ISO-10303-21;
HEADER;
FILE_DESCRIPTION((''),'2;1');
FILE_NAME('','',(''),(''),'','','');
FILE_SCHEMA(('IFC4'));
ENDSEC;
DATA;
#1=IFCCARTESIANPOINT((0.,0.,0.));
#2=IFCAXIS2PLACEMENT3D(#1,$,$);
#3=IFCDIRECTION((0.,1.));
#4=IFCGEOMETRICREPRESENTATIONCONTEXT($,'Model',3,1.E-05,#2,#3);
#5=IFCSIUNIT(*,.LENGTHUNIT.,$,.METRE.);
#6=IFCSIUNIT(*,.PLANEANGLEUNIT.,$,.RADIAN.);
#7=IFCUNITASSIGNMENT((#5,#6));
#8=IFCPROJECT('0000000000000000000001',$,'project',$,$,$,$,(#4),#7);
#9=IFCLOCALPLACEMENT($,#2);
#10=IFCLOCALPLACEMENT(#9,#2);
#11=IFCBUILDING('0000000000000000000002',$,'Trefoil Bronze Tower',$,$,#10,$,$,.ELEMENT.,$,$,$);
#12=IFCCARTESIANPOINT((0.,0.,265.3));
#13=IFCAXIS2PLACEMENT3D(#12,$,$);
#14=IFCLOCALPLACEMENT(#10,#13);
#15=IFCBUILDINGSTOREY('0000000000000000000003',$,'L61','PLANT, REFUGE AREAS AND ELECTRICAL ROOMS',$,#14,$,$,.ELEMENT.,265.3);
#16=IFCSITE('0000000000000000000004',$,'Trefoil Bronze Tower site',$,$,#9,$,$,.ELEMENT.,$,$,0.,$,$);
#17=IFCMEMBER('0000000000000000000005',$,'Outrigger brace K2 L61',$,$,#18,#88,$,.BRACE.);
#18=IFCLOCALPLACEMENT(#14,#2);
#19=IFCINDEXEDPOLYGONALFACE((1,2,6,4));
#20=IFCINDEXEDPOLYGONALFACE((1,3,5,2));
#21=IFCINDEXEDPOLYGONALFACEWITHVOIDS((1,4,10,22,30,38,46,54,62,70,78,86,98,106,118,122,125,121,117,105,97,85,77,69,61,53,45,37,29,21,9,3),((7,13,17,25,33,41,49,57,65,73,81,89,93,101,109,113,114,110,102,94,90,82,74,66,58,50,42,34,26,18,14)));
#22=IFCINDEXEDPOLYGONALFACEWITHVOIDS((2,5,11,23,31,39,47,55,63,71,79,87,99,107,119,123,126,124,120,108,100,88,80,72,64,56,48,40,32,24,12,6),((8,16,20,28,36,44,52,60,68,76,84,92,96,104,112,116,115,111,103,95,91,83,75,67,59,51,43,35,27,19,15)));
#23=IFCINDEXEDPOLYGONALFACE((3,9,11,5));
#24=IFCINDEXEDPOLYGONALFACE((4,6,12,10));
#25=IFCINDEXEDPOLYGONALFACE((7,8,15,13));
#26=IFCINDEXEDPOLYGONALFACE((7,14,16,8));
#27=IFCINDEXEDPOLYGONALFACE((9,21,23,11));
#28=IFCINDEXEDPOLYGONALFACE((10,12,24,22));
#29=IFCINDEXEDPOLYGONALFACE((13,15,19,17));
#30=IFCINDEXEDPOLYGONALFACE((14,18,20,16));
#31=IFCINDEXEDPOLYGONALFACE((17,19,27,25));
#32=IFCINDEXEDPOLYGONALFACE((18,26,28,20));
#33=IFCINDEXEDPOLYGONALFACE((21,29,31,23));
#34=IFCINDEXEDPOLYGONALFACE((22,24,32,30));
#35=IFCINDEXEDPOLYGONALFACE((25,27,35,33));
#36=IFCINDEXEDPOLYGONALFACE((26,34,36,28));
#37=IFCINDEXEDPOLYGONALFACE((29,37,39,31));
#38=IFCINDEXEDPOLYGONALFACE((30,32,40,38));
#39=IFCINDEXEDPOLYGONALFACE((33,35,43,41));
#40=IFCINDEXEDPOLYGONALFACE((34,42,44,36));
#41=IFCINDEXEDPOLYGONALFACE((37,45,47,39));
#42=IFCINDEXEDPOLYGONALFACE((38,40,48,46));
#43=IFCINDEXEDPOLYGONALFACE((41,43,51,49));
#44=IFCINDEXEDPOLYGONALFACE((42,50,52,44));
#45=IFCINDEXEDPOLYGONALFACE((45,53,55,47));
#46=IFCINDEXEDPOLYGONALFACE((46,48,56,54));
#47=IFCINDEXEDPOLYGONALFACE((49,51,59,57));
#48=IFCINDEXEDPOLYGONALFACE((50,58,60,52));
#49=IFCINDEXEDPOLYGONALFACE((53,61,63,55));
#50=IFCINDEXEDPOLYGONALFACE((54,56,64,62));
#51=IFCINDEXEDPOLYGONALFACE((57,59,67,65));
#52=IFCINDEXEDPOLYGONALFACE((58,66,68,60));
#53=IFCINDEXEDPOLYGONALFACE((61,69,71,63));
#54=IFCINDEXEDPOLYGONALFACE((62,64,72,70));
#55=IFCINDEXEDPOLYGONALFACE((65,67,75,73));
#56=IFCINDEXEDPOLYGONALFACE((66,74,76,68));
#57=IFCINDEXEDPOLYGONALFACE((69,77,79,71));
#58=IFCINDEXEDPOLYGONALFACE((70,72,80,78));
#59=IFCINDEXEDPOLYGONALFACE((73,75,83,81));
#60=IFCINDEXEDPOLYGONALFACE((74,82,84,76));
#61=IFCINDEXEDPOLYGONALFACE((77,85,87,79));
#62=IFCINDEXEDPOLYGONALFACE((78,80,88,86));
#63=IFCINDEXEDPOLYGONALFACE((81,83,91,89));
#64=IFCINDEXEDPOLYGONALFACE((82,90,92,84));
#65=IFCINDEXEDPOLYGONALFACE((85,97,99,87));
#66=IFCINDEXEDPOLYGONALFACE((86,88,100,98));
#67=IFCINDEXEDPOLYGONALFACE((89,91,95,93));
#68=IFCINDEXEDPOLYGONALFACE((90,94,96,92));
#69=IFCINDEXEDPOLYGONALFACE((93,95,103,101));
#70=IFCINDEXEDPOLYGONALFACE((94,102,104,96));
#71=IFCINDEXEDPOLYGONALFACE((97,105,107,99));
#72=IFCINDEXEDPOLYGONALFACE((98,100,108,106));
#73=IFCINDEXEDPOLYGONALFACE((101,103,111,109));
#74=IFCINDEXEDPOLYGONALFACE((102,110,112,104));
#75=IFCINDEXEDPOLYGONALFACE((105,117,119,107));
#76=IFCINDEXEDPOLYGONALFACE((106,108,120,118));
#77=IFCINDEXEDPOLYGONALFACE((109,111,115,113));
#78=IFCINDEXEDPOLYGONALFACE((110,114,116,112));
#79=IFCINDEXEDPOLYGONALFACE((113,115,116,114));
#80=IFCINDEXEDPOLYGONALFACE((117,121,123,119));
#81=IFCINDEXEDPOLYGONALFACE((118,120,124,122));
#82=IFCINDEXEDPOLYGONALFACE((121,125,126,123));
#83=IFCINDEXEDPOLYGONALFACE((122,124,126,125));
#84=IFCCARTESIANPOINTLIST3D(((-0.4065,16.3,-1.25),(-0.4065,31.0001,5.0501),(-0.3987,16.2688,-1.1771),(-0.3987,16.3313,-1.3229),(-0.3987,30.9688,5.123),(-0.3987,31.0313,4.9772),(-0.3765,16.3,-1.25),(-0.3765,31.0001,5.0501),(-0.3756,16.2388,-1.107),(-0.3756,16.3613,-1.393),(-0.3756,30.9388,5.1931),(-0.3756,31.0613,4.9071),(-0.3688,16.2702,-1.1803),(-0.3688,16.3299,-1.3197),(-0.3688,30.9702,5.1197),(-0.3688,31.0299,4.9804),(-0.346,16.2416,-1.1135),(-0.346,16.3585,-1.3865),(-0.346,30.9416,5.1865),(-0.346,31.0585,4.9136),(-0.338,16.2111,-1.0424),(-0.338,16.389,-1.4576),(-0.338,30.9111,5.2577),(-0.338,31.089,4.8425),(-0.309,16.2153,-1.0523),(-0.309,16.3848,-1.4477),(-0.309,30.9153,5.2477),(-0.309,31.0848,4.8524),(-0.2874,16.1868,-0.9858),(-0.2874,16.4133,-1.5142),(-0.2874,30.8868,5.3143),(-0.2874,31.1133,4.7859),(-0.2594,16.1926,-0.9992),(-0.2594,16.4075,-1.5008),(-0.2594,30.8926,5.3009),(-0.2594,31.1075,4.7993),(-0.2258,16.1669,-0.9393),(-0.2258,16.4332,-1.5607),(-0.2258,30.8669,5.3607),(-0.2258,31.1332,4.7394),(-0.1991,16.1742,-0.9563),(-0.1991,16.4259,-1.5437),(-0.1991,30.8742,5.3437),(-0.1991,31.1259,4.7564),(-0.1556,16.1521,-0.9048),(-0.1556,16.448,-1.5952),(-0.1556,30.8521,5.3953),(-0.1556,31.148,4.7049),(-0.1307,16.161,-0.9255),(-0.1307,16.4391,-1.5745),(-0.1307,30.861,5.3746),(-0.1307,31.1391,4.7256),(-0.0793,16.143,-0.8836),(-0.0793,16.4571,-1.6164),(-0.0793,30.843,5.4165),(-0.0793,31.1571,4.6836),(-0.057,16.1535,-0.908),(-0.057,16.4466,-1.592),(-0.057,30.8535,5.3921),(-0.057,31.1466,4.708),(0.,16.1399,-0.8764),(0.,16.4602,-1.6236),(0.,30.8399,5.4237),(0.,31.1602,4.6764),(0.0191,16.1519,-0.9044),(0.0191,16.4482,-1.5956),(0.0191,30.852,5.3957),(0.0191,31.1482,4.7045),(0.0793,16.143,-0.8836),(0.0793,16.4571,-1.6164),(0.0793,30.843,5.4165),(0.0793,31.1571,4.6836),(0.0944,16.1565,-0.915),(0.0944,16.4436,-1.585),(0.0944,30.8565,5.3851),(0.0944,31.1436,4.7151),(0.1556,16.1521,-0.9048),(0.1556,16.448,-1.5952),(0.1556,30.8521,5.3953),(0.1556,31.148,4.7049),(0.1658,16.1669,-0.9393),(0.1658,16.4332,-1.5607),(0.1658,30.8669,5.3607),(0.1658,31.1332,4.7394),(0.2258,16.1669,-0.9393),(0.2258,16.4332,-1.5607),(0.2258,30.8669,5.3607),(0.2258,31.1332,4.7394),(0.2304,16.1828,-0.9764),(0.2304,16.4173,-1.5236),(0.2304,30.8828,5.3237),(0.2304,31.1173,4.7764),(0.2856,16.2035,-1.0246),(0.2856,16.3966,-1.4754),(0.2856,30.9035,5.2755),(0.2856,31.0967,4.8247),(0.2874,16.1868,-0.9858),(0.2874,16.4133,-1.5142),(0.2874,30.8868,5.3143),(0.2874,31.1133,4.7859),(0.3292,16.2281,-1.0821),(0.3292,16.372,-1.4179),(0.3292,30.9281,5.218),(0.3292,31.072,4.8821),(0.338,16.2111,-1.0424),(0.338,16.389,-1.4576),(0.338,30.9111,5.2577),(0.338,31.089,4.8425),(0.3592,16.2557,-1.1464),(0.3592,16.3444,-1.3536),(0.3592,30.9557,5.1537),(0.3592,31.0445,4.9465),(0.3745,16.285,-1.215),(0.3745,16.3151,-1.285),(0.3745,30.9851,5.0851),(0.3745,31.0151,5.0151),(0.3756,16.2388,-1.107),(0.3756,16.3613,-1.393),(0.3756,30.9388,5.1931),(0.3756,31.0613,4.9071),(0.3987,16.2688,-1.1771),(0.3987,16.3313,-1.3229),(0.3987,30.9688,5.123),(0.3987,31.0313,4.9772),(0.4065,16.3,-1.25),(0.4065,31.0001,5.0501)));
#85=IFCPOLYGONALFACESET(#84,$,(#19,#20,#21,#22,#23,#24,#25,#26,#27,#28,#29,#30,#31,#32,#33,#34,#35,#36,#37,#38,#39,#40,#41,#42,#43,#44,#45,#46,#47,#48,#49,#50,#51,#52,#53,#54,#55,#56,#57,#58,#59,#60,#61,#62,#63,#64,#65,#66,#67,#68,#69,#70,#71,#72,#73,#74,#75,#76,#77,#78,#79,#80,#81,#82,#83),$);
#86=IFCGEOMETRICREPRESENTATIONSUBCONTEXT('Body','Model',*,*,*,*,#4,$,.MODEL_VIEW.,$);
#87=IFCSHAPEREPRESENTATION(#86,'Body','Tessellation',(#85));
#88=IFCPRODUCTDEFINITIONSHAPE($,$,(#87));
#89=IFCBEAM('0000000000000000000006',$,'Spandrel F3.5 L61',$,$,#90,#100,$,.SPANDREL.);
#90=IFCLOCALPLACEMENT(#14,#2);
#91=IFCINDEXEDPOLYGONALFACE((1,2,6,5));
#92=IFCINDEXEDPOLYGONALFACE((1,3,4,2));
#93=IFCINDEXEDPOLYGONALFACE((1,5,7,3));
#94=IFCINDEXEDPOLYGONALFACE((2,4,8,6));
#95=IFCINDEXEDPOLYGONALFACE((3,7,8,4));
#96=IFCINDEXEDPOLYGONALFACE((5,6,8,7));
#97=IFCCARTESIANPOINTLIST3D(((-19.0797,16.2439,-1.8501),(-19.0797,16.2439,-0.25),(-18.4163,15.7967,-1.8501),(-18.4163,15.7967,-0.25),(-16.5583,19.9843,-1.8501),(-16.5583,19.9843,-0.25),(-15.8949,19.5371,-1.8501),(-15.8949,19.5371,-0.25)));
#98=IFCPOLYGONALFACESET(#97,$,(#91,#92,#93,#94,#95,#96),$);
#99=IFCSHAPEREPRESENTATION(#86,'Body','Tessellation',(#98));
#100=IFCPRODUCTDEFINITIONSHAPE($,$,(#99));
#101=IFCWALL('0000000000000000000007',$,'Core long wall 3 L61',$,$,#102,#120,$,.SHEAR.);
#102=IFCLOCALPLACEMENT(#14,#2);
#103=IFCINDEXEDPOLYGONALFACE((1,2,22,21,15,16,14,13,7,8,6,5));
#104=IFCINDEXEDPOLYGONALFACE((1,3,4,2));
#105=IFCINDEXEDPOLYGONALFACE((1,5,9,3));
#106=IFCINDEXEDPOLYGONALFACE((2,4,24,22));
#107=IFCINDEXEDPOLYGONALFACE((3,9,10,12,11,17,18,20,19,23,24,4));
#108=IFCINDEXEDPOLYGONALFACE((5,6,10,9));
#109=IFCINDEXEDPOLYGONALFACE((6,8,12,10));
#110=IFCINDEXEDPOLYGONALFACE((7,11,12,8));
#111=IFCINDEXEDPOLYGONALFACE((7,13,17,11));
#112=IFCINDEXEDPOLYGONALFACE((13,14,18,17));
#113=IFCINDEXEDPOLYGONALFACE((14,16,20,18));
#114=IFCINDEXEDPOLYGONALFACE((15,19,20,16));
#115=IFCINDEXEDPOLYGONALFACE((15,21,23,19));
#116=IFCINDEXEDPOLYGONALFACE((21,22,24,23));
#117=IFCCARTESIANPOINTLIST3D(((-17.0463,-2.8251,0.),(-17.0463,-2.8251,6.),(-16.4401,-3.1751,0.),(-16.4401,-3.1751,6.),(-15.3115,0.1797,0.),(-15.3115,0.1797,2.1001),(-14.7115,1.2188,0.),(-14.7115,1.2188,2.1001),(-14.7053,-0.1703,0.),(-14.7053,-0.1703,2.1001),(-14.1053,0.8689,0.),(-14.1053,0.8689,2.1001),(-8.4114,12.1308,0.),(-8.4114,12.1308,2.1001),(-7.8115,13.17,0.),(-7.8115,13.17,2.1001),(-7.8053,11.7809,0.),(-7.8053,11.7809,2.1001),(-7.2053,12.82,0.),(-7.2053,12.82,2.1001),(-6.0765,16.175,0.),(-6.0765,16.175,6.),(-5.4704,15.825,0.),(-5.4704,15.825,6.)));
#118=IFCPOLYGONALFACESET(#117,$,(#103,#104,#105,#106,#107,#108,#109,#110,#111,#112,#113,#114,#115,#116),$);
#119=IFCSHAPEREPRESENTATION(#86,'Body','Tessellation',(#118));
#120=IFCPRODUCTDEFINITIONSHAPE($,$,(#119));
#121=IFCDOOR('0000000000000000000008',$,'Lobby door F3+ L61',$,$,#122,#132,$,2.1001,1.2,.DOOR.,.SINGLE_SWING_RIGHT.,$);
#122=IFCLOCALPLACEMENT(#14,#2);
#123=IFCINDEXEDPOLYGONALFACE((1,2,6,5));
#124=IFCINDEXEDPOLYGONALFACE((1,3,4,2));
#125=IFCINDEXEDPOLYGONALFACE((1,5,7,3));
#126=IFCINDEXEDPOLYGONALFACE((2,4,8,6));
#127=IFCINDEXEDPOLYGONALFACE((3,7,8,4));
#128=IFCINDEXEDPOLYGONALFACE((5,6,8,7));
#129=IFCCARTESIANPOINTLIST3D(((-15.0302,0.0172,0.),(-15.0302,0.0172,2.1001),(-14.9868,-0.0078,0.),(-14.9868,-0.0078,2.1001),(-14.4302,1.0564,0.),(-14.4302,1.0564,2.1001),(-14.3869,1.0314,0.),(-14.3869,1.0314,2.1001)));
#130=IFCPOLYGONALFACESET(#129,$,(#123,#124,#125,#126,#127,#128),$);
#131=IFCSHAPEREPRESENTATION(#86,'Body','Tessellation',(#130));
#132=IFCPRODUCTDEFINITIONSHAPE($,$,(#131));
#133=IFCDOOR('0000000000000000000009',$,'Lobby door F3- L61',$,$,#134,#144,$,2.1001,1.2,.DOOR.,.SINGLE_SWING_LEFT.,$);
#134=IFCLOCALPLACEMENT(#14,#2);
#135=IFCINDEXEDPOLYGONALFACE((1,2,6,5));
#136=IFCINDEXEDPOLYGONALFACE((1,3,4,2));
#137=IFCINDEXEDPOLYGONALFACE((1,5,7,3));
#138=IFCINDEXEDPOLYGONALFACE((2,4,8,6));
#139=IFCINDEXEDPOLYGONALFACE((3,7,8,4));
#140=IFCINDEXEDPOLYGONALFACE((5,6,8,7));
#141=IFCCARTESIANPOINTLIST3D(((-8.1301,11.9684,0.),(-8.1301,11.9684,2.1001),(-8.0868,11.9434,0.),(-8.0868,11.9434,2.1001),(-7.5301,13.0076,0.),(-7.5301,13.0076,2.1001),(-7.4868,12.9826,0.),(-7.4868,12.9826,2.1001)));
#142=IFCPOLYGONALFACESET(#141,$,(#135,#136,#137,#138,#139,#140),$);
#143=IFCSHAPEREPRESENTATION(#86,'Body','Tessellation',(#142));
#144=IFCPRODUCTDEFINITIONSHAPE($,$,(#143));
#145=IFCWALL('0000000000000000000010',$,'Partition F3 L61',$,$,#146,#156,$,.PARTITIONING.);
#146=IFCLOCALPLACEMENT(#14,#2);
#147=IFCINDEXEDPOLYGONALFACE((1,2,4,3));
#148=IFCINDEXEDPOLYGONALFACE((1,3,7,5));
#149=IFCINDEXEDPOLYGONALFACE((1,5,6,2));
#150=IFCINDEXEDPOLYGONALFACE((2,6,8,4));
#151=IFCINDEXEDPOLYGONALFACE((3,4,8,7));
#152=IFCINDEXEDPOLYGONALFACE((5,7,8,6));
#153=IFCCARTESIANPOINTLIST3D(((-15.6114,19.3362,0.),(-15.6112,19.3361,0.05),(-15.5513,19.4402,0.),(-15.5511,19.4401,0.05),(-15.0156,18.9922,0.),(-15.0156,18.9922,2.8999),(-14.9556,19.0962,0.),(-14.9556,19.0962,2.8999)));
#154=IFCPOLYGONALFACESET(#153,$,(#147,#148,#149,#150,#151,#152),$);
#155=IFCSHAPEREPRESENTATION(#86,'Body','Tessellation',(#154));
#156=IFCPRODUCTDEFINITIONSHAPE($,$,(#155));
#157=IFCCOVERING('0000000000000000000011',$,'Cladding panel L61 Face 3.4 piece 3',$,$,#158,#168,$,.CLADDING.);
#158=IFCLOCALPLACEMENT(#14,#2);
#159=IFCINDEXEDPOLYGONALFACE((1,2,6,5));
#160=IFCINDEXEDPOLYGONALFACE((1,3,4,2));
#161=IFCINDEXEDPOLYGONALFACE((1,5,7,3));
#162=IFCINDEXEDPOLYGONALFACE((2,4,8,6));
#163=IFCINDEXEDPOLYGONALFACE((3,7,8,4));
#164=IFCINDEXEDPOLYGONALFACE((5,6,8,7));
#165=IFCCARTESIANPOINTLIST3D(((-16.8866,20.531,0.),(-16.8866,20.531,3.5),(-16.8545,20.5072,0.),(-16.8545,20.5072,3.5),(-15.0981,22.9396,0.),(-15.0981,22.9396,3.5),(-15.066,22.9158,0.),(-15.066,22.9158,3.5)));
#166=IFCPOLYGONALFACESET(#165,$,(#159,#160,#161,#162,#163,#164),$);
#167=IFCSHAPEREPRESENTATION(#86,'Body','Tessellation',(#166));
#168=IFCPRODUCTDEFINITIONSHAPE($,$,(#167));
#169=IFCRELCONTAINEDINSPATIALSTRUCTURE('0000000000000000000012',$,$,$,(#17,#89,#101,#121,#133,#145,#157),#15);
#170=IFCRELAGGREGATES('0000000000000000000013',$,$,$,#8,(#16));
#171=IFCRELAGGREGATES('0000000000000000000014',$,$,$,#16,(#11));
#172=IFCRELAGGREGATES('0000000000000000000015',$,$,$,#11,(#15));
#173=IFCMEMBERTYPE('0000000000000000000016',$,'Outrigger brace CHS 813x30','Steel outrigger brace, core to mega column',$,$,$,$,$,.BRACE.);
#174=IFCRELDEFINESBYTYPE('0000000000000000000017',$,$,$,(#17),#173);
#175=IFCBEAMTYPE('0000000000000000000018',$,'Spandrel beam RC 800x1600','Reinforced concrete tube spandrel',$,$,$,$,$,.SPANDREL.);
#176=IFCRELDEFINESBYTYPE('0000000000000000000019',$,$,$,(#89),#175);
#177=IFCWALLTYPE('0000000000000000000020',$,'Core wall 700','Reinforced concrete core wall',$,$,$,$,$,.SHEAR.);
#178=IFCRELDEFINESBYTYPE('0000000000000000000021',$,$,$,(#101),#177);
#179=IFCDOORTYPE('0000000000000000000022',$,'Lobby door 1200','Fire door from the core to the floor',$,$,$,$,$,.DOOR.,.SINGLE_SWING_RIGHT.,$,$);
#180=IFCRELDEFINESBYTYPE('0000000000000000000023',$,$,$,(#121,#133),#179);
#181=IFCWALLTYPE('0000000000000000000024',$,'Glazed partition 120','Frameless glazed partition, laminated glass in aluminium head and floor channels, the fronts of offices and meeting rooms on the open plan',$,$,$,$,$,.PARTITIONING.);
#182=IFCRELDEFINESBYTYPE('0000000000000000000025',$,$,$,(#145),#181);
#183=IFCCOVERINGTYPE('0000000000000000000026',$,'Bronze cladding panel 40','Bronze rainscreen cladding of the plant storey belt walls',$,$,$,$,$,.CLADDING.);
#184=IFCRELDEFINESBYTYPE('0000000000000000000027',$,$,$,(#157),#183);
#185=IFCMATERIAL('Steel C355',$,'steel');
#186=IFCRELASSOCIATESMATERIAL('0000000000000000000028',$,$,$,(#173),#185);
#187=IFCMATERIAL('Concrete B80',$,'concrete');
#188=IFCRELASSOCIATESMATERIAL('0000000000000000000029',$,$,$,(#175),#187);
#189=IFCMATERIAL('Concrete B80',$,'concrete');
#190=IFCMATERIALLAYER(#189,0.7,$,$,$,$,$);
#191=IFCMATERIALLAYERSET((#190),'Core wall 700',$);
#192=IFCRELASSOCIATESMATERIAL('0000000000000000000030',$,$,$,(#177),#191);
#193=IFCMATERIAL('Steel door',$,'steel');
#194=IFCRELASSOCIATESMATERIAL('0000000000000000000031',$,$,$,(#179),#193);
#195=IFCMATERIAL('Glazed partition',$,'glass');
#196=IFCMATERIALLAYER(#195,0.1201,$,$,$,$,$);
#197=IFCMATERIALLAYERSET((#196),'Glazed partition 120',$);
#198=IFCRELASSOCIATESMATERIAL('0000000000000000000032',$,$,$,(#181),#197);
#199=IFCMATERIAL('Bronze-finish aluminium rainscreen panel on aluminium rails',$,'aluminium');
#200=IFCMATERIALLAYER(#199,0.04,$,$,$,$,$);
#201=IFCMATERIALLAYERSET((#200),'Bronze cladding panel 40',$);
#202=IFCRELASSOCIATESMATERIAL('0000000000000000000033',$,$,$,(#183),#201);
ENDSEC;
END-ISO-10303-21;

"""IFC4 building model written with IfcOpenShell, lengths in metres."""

from ifc_helpers import new_model, si_unit, direction, frame, frame_2d, origin, origin_2d, place, context, subcontext, project, spatial, polyline, rectangle, hollow_circle, outline, extrude, material, layer, layer_set, material_profile, profile_set, type_object, element, fill, save


model = new_model("IFC4")

# Units and contexts
model_context = context("Model", 3, precision=1e-05, world=origin(), true_north=direction((0.0, 1.0)))
body_context = subcontext(model_context, "Body", "Model", "MODEL_VIEW")
ifc_project = project(units=[si_unit("LENGTHUNIT", "METRE"), si_unit("PLANEANGLEUNIT", "RADIAN")], contexts=[model_context])

# Site, building, storey
site_placement = place(None, origin())
site = spatial("IfcSite", under=ifc_project, at=site_placement, Name="Trefoil Bronze Tower site", CompositionType="ELEMENT", RefElevation=0.0)
building_placement = place(site_placement, origin())
building = spatial("IfcBuilding", under=site, at=building_placement, Name="Trefoil Bronze Tower", CompositionType="ELEMENT")
storey_placement = place(building_placement, frame((0.0, 0.0, 265.3)))
storey = spatial("IfcBuildingStorey", under=building, at=storey_placement, Name="L61", Description="PLANT, REFUGE AREAS AND ELECTRICAL ROOMS", CompositionType="ELEMENT", Elevation=265.3)

# Member
ifc_material_1 = material(Name="Steel C355", Category="steel")
ifc_material_profile_1 = material_profile(ifc_material_1, hollow_circle(Radius=0.4065, WallThickness=0.03, at=origin_2d()), Name="CHS 813x30")
ifc_profile_set_1 = profile_set([ifc_material_profile_1], Name="Steel C355")
member_type_1 = type_object("IfcMemberType", Name="Outrigger brace CHS 813x30", Description="Steel outrigger brace, core to mega column", PredefinedType="BRACE", material=ifc_profile_set_1)
member_1_placement = place(storey_placement, frame((0.0, 16.3, -1.25), z_axis=(0.0, 0.919143, 0.393923), x_axis=(-1.0, 0.0, 0.0)))
element("IfcMember", 1, at=member_1_placement, inside=storey, type_object=member_type_1, Name="Outrigger brace K2 L61", PredefinedType="BRACE", context=body_context, shape_type="SweptSolid", body=[
    extrude(hollow_circle(Radius=0.4065, WallThickness=0.03, at=origin_2d()), origin(), (0.0, 0.0, 1.0), 15.9932),
])

# Beam
ifc_material_2 = material(Name="Concrete B80", Category="concrete")
ifc_material_profile_2 = material_profile(ifc_material_2, rectangle(XDim=0.8, YDim=1.6001, at=origin_2d()), Name="RC 800x1600")
ifc_profile_set_2 = profile_set([ifc_material_profile_2], Name="Concrete B80")
beam_type_1 = type_object("IfcBeamType", Name="Spandrel beam RC 800x1600", Description="Reinforced concrete tube spandrel", PredefinedType="SPANDREL", material=ifc_profile_set_2)
beam_1_placement = place(storey_placement, frame((-16.2266, 19.7607, -1.05), z_axis=(-0.558964, -0.829192, 0.0), x_axis=(0.829192, -0.558964, 0.0)))
element("IfcBeam", 2, at=beam_1_placement, inside=storey, type_object=beam_type_1, Name="Spandrel F3.5 L61", PredefinedType="SPANDREL", context=body_context, shape_type="SweptSolid", body=[
    extrude(rectangle(XDim=0.8, YDim=1.6001, at=origin_2d()), origin(), (0.0, 0.0, 1.0), 4.511),
])

# Wall, openings, doors
ifc_material_3 = material(Name="Concrete B80", Category="concrete")
ifc_layer_1 = layer(ifc_material_3, 0.7)
ifc_layer_set_1 = layer_set([ifc_layer_1], Name="Core wall 700")
wall_type_1 = type_object("IfcWallType", Name="Core wall 700", Description="Reinforced concrete core wall", PredefinedType="SHEAR", material=ifc_layer_set_1)
wall_1_placement = place(storey_placement, frame((-5.7734, 16.0, 0.0), z_axis=(0.0, 0.0, 1.0), x_axis=(-0.500002, -0.866024, 0.0)))
wall_1 = element("IfcWall", 3, at=wall_1_placement, inside=storey, type_object=wall_type_1, Name="Core long wall 3 L61", PredefinedType="SHEAR", context=body_context, shape_type="SweptSolid", body=[
    extrude(rectangle(XDim=21.9395, YDim=0.7, at=frame_2d((10.9697, 0.0))), origin(), (0.0, 0.0, 1.0), 6.0),
])
opening_1_placement = place(wall_1_placement, frame((17.2698, 0.0, 0.0)))
opening_1 = element("IfcOpeningElement", 4, at=opening_1_placement, cuts=wall_1, PredefinedType="OPENING", context=body_context, shape_type="SweptSolid", body=[
    extrude(rectangle(XDim=1.2, YDim=2.1001, at=frame_2d((0.6001, 1.05))), frame((0.0, 0.3599, 0.0), z_axis=(0.0, -1.0, 0.0), x_axis=(1.0, 0.0, 0.0)), (0.0, 0.0, 1.0), 0.72),
])
opening_2_placement = place(wall_1_placement, frame((3.4697, 0.0, 0.0)))
opening_2 = element("IfcOpeningElement", 5, at=opening_2_placement, cuts=wall_1, PredefinedType="OPENING", context=body_context, shape_type="SweptSolid", body=[
    extrude(rectangle(XDim=1.2, YDim=2.1001, at=frame_2d((0.6001, 1.05))), frame((0.0, 0.3599, 0.0), z_axis=(0.0, -1.0, 0.0), x_axis=(1.0, 0.0, 0.0)), (0.0, 0.0, 1.0), 0.72),
])
ifc_material_4 = material(Name="Steel door", Category="steel")
door_type = type_object("IfcDoorType", Name="Lobby door 1200", Description="Fire door from the core to the floor", OperationType="SINGLE_SWING_RIGHT", PredefinedType="DOOR", material=ifc_material_4)
door_1_placement = place(opening_1_placement, origin())
door_1 = element("IfcDoor", 6, at=door_1_placement, inside=storey, type_object=door_type, Name="Lobby door F3+ L61", OperationType="SINGLE_SWING_RIGHT", OverallHeight=2.1001, OverallWidth=1.2, PredefinedType="DOOR", context=body_context, shape_type="SweptSolid", body=[
    extrude(rectangle(XDim=1.2, YDim=2.1001, at=frame_2d((0.6001, 1.05))), frame((0.0, 0.0249, 0.0), z_axis=(0.0, -1.0, 0.0), x_axis=(1.0, 0.0, 0.0)), (0.0, 0.0, 1.0), 0.05),
])
fill(opening_1, door_1)
door_2_placement = place(opening_2_placement, origin())
door_2 = element("IfcDoor", 7, at=door_2_placement, inside=storey, type_object=door_type, Name="Lobby door F3- L61", OperationType="SINGLE_SWING_LEFT", OverallHeight=2.1001, OverallWidth=1.2, PredefinedType="DOOR", context=body_context, shape_type="SweptSolid", body=[
    extrude(rectangle(XDim=1.2, YDim=2.1001, at=frame_2d((0.6001, 1.05))), frame((0.0, 0.0249, 0.0), z_axis=(0.0, -1.0, 0.0), x_axis=(1.0, 0.0, 0.0)), (0.0, 0.0, 1.0), 0.05),
])
fill(opening_2, door_2)

# Wall
ifc_material_5 = material(Name="Glazed partition", Category="glass")
ifc_layer_2 = layer(ifc_material_5, 0.1201)
ifc_layer_set_2 = layer_set([ifc_layer_2], Name="Glazed partition 120")
wall_type_2 = type_object("IfcWallType", Name="Glazed partition 120", Description="Frameless glazed partition, laminated glass in aluminium head and floor channels, the fronts of offices and meeting rooms on the open plan", PredefinedType="PARTITIONING", material=ifc_layer_set_2)
wall_2_placement = place(storey_placement, frame((-14.9856, 19.0442, 0.0), z_axis=(0.0, 0.0, 1.0), x_axis=(-0.865985, 0.500071, 0.0)))
element("IfcWall", 8, at=wall_2_placement, inside=storey, type_object=wall_type_2, Name="Partition F3 L61", PredefinedType="PARTITIONING", context=body_context, shape_type="SweptSolid", body=[
    extrude(outline(polyline([(0.0, 0.0), (0.688, 0.0), (0.6877, 0.05), (0.0, 2.8999), (0.0, 0.0)])), frame((0.0, 0.0601, 0.0), z_axis=(0.0, -1.0, 0.0), x_axis=(1.0, 0.0, 0.0)), (0.0, 0.0, 1.0), 0.1201),
])

# Covering
ifc_material_6 = material(Name="Bronze-finish aluminium rainscreen panel on aluminium rails", Category="aluminium")
ifc_layer_3 = layer(ifc_material_6, 0.04)
ifc_layer_set_3 = layer_set([ifc_layer_3], Name="Bronze cladding panel 40")
covering_type_1 = type_object("IfcCoveringType", Name="Bronze cladding panel 40", Description="Bronze rainscreen cladding of the plant storey belt walls", PredefinedType="CLADDING", material=ifc_layer_set_3)
covering_1_placement = place(storey_placement, frame((-15.9763, 21.7234, 0.0), z_axis=(0.0, 0.0, 1.0), x_axis=(-0.596162, -0.802865, 0.0)))
element("IfcCovering", 9, at=covering_1_placement, inside=storey, type_object=covering_type_1, Name="Cladding panel L61 Face 3.4 piece 3", PredefinedType="CLADDING", context=body_context, shape_type="SweptSolid", body=[
    extrude(rectangle(XDim=3.0, YDim=0.04, at=origin_2d()), origin(), (0.0, 0.0, 1.0), 3.5),
])

save(model, "model.ifc")
